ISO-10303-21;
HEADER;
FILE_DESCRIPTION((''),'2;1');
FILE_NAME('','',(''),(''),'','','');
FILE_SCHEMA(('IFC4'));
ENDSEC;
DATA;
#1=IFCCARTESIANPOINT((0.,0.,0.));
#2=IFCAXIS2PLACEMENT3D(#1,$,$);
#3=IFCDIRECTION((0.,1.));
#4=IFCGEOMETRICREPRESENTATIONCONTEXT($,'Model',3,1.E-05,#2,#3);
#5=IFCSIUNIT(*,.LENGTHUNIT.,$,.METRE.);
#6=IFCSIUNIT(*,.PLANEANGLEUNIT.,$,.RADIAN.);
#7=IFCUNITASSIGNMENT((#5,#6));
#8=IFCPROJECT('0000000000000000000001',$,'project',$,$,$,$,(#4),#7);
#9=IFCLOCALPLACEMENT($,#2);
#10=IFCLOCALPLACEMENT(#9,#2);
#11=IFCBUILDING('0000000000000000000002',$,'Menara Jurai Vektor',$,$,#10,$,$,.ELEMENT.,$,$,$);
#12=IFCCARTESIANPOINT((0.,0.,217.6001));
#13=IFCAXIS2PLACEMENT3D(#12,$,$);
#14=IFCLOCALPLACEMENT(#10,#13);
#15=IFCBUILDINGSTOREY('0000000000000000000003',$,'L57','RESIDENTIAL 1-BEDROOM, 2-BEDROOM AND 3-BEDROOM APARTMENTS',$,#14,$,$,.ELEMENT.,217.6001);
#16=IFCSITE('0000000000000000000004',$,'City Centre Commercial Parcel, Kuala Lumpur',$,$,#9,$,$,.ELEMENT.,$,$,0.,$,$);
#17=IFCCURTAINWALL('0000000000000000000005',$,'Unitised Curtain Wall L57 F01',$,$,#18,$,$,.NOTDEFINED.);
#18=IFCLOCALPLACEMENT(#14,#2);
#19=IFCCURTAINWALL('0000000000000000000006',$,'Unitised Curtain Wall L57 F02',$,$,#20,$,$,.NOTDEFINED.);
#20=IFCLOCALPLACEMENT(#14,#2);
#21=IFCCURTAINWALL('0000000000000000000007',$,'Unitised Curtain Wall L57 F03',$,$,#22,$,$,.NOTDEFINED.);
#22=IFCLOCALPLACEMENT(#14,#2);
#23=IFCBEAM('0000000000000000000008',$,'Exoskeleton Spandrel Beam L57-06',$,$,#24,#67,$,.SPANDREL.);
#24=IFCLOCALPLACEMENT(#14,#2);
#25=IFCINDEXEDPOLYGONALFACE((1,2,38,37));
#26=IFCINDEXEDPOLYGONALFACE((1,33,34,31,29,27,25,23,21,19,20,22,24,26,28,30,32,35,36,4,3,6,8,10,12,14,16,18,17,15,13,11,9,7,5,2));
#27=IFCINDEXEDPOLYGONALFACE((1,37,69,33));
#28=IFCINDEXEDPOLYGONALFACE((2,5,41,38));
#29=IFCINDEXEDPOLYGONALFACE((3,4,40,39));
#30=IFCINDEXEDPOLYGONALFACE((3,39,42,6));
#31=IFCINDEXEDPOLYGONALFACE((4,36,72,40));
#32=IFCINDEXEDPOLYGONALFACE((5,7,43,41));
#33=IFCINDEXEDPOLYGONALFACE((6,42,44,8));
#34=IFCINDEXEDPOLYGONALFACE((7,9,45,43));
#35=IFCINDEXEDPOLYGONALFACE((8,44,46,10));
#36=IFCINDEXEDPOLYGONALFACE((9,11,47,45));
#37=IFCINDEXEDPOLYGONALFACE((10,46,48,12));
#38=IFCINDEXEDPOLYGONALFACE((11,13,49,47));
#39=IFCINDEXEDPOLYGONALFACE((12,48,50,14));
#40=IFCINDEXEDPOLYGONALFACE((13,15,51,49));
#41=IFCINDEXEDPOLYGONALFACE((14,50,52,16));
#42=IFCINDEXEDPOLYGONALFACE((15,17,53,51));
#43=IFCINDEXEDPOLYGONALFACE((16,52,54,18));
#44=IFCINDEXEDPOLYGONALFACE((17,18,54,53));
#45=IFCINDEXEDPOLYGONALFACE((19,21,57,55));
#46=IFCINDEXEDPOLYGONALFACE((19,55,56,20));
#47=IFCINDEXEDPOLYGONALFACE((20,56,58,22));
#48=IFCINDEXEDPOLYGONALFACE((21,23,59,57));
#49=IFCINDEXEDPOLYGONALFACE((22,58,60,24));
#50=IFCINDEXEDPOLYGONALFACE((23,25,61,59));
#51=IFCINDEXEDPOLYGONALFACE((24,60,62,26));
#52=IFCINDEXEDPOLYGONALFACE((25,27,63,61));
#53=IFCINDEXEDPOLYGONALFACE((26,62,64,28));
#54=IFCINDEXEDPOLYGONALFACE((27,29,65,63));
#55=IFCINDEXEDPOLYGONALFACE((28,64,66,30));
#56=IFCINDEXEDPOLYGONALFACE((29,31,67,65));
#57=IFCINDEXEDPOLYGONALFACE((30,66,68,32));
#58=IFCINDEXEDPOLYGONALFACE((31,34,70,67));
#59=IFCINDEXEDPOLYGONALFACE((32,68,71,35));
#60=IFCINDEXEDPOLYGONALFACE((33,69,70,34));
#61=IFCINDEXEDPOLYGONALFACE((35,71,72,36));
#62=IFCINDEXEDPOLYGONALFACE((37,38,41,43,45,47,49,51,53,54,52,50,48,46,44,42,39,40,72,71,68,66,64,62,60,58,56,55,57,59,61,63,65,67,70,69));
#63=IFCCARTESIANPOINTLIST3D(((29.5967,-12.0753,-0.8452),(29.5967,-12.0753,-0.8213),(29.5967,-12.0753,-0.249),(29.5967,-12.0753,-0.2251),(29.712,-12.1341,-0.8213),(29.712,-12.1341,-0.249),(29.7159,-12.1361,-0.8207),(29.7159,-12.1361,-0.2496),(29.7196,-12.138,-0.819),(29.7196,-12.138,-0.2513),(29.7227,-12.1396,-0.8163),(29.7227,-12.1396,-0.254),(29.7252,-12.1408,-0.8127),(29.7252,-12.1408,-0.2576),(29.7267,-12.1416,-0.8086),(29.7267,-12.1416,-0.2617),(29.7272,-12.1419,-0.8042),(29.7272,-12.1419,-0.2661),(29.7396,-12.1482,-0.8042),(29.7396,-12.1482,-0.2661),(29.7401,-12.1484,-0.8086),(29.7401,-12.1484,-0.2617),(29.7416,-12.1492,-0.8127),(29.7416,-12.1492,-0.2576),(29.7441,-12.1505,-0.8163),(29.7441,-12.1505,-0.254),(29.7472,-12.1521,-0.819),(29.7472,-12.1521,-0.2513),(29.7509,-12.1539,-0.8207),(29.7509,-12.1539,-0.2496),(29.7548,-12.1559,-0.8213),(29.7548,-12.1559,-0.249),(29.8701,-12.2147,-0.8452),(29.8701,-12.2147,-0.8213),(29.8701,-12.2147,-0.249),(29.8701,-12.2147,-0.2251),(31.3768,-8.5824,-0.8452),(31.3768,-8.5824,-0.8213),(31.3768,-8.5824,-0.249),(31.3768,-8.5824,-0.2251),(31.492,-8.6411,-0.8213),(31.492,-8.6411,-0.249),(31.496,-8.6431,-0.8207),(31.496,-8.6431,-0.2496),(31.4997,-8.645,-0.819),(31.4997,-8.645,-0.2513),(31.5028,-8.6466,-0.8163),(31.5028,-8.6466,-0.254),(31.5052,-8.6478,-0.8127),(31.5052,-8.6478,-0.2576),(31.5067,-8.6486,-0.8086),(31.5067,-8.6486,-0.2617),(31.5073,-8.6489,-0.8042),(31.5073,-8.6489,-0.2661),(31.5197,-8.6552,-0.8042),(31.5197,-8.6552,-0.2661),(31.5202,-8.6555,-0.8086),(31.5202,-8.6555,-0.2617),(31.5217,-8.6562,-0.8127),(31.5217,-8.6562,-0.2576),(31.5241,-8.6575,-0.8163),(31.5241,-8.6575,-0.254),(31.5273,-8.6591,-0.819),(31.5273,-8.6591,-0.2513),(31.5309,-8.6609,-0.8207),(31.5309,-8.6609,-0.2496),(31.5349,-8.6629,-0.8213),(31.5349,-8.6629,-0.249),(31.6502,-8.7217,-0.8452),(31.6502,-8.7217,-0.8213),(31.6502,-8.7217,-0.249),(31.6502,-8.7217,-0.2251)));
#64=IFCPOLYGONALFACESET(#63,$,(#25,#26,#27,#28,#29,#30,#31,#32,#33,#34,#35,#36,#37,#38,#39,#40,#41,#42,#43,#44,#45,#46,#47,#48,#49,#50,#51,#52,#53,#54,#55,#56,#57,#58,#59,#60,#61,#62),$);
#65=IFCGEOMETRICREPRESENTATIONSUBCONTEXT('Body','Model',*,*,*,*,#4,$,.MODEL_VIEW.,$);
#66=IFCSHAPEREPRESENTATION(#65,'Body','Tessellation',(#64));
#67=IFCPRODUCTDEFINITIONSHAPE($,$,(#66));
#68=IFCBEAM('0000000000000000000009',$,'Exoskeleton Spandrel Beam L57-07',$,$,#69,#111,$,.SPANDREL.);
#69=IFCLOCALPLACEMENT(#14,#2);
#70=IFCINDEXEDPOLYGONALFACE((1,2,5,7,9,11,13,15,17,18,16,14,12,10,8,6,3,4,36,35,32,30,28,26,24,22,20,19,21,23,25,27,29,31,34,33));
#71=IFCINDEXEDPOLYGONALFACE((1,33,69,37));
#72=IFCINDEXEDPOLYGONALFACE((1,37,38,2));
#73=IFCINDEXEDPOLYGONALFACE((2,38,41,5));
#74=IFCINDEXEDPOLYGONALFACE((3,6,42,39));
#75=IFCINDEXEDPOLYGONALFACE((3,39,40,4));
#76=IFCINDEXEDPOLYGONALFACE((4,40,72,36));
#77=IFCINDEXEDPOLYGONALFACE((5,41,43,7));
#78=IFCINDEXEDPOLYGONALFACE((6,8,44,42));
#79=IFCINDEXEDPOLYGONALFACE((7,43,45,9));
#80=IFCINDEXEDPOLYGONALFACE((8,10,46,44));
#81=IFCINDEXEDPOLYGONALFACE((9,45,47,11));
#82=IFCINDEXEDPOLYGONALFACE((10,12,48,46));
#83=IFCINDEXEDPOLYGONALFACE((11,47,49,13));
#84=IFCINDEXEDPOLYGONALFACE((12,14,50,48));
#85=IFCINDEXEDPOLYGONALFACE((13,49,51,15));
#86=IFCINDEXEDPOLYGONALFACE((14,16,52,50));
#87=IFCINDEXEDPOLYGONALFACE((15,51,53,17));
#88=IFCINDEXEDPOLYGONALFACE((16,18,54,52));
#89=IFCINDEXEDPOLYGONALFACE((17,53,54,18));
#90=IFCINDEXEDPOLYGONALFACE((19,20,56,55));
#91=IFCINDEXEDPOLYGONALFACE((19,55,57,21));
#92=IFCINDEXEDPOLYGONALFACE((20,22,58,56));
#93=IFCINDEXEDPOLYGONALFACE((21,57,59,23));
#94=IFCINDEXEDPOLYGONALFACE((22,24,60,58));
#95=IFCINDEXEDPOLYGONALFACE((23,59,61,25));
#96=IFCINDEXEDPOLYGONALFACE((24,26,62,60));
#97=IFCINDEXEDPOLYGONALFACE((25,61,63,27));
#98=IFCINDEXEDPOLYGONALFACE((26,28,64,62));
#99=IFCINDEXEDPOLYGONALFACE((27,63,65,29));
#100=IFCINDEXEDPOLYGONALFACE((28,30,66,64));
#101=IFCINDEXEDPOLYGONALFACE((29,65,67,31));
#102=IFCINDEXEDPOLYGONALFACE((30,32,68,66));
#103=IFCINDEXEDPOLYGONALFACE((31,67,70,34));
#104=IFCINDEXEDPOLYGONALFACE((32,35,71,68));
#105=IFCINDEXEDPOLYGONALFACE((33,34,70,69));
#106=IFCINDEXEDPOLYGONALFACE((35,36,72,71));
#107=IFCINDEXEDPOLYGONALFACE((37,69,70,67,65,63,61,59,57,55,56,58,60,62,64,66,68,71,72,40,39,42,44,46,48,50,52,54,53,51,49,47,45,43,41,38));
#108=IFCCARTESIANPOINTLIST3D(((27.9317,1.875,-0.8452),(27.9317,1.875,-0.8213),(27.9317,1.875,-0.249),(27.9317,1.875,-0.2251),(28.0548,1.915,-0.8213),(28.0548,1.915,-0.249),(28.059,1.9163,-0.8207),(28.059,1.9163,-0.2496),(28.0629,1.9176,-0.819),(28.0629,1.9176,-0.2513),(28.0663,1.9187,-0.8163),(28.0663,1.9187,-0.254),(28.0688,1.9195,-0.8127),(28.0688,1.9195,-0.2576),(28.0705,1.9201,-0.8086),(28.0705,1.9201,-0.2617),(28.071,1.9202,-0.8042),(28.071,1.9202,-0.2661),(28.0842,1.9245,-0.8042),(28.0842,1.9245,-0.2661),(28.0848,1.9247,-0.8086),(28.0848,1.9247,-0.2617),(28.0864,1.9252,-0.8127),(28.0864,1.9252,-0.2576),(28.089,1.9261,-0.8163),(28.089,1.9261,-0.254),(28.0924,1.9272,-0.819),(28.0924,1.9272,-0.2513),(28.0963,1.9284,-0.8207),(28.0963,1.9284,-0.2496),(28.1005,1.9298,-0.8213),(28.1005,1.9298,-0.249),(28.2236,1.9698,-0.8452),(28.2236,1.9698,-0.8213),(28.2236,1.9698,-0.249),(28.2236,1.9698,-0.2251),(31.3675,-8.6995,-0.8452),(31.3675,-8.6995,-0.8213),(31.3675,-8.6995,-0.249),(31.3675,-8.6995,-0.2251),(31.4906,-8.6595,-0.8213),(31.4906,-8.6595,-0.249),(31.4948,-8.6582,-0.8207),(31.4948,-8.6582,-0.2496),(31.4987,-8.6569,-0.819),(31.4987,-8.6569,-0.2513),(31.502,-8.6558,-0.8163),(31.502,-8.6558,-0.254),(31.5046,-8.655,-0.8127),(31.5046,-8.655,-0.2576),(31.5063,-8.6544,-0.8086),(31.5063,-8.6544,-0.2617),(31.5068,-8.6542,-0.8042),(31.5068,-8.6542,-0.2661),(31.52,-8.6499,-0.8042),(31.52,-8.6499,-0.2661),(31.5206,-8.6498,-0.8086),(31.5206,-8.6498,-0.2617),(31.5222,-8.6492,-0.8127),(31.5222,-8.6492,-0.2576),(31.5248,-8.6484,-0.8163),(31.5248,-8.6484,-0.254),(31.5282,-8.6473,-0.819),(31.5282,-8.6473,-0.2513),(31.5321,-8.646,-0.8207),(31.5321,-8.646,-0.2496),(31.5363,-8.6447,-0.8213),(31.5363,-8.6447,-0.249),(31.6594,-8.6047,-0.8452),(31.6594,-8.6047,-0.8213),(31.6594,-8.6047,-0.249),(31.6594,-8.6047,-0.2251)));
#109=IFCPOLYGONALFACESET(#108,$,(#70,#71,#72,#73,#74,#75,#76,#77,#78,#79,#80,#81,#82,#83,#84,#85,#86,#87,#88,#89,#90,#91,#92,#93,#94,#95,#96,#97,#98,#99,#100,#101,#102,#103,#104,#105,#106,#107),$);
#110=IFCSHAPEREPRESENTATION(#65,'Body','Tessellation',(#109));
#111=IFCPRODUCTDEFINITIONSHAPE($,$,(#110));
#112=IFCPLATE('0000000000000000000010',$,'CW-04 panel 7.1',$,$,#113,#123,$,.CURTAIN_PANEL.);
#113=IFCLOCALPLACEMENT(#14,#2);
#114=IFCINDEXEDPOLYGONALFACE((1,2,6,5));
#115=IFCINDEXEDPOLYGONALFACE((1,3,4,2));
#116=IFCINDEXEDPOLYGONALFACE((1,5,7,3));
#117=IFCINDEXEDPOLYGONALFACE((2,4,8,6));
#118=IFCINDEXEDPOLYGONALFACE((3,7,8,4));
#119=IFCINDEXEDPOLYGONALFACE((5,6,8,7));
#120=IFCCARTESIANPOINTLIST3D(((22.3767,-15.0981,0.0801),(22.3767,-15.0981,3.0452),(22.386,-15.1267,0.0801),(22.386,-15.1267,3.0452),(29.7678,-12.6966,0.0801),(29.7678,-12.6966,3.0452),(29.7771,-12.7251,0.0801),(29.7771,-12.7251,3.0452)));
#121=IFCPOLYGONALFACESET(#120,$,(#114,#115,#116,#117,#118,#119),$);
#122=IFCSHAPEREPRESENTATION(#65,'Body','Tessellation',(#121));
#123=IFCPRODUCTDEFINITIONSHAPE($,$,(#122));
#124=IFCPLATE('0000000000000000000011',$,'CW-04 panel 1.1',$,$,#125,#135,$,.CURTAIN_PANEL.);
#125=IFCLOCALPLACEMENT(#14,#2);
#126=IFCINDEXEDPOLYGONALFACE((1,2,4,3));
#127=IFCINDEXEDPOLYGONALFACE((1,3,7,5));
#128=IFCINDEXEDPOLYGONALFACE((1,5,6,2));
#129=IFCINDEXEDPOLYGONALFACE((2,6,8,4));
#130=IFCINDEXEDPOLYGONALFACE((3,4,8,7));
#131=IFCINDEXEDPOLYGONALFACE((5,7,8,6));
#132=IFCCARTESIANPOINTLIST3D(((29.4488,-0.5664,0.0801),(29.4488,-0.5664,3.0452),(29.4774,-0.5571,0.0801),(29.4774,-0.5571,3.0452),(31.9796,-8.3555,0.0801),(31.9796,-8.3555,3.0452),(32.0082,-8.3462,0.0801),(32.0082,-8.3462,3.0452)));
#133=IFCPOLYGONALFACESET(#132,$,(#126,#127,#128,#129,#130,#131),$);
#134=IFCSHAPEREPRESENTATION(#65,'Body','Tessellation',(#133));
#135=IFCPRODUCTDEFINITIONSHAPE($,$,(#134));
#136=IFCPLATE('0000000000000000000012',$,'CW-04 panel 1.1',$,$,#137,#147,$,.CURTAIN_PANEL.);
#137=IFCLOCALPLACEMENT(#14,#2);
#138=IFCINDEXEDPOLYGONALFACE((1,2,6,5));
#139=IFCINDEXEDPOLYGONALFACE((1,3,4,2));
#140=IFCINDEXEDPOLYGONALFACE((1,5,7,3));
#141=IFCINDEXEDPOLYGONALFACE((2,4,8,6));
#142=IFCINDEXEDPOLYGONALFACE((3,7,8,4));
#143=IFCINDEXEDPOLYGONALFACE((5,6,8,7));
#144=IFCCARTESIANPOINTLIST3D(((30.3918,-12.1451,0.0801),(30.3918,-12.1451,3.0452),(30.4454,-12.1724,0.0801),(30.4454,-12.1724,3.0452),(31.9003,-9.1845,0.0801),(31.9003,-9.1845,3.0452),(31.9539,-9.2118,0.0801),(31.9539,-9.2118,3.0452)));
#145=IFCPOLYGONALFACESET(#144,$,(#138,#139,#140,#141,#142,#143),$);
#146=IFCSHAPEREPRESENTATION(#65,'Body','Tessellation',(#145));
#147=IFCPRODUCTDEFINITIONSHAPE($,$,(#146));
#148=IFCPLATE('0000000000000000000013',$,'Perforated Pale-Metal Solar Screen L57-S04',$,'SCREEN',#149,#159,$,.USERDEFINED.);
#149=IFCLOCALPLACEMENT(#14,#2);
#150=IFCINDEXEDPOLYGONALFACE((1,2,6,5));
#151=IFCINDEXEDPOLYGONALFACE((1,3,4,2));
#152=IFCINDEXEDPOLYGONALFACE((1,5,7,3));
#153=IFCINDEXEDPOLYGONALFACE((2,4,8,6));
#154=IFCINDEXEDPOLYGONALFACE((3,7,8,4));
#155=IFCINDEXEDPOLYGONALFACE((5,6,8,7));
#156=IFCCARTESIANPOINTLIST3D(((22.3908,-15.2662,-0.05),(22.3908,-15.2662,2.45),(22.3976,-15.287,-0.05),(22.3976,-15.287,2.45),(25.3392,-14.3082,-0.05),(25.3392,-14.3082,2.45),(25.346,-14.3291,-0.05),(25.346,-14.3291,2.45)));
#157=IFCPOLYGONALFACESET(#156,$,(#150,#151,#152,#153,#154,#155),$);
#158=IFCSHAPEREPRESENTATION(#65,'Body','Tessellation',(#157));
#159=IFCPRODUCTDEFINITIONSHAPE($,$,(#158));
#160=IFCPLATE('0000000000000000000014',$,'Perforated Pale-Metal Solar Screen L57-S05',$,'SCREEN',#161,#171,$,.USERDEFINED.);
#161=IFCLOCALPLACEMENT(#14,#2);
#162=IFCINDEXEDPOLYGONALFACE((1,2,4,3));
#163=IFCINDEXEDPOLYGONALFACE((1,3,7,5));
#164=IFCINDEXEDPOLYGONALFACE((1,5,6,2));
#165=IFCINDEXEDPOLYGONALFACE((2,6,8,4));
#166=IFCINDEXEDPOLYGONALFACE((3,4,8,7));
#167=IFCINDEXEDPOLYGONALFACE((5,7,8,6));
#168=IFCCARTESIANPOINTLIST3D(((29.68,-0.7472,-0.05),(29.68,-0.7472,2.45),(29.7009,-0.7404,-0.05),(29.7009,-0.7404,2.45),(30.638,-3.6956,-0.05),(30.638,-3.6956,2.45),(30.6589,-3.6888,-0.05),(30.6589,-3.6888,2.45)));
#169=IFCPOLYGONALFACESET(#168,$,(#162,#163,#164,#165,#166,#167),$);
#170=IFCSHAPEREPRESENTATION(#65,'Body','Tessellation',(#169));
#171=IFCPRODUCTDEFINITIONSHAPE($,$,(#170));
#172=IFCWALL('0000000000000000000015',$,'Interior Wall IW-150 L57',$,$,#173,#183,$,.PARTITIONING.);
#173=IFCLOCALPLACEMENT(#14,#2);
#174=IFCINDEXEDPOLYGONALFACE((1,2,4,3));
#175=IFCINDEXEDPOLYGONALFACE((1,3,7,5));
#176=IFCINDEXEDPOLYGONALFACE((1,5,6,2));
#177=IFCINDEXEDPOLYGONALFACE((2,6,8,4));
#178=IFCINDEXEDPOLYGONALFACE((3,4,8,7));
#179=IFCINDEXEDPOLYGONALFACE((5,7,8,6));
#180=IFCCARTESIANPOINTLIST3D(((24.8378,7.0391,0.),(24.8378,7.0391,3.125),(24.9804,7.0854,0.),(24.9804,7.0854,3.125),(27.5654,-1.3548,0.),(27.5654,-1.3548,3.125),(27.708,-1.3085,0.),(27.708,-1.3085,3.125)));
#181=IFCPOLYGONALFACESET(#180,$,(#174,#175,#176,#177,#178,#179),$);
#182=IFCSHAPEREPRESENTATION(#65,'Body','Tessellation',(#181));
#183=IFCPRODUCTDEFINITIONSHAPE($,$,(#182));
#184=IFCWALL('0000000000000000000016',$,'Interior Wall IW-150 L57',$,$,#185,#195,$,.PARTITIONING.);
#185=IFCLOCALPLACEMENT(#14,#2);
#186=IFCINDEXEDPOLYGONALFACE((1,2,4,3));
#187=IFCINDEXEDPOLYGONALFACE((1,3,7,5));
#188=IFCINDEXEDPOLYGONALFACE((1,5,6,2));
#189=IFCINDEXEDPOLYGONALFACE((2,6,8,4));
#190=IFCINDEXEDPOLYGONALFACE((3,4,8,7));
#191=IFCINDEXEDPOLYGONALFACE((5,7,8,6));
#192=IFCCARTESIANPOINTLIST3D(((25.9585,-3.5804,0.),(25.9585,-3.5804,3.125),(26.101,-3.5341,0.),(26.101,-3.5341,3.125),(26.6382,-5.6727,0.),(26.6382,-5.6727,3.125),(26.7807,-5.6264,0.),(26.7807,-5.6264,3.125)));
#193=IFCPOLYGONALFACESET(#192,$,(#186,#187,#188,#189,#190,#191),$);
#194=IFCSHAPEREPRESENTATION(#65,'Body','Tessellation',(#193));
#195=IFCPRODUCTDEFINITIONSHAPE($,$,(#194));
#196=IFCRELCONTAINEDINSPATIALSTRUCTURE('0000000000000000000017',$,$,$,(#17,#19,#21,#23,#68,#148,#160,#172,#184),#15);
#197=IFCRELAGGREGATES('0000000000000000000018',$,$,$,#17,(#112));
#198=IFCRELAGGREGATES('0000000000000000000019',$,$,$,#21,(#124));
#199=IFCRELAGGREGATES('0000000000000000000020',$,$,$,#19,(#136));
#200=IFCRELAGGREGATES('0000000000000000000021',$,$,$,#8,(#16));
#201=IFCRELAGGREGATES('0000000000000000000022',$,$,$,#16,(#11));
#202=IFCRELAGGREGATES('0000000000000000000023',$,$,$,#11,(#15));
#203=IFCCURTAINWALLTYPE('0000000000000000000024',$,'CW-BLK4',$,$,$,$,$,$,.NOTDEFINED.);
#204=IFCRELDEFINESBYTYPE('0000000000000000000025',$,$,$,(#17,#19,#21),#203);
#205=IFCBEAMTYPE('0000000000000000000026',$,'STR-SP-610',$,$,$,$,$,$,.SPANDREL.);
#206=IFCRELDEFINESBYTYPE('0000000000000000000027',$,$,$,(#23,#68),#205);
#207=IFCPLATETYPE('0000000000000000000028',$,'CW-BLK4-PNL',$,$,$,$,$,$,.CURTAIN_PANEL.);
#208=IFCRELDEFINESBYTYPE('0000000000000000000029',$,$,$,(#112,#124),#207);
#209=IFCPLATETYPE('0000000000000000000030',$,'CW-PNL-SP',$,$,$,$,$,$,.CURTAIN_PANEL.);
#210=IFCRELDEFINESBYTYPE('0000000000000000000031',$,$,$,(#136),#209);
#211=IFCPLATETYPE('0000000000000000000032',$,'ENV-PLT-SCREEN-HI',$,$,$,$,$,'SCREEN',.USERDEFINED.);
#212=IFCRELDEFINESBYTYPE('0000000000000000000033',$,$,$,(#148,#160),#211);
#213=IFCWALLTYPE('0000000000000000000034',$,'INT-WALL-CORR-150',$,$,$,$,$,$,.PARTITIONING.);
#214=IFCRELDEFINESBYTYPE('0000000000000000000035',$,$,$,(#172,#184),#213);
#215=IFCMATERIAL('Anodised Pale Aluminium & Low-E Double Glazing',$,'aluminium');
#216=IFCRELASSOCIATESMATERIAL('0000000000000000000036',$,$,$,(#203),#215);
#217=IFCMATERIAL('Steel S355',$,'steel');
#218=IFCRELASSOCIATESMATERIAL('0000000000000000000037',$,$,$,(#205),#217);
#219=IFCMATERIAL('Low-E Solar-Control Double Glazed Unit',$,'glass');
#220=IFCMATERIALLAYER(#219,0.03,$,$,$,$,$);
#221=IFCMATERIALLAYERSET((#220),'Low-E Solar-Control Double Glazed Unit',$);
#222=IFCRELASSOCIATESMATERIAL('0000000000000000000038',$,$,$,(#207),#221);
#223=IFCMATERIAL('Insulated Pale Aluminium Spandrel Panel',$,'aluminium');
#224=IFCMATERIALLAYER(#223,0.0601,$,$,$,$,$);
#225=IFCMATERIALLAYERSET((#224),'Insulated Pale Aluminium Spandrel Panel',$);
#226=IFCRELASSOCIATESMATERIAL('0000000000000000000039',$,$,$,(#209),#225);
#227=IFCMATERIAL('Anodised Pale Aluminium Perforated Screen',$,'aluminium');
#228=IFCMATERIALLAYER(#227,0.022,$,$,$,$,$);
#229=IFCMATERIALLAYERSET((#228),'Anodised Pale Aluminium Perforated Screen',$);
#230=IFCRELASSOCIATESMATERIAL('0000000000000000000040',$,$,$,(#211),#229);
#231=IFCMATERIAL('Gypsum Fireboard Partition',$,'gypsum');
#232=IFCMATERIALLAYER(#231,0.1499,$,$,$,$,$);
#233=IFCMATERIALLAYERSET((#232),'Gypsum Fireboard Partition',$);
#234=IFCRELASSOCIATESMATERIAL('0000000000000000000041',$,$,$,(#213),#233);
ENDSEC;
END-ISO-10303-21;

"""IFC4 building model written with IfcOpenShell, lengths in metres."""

from ifc_helpers import new_model, si_unit, direction, frame, frame_2d, origin, origin_2d, place, context, subcontext, project, spatial, rectangle, i_section, extrude, material, layer, layer_set, material_profile, profile_set, type_object, element, aggregate, save


model = new_model("IFC4")

# Units and contexts
model_context = context("Model", 3, precision=1e-05, world=origin(), true_north=direction((0.0, 1.0)))
body_context = subcontext(model_context, "Body", "Model", "MODEL_VIEW")
ifc_project = project(units=[si_unit("LENGTHUNIT", "METRE"), si_unit("PLANEANGLEUNIT", "RADIAN")], contexts=[model_context])

# Site, building, storey
site_placement = place(None, origin())
site = spatial("IfcSite", under=ifc_project, at=site_placement, Name="City Centre Commercial Parcel, Kuala Lumpur", CompositionType="ELEMENT", RefElevation=0.0)
building_placement = place(site_placement, origin())
building = spatial("IfcBuilding", under=site, at=building_placement, Name="Menara Jurai Vektor", CompositionType="ELEMENT")
storey_placement = place(building_placement, frame((0.0, 0.0, 217.6001)))
storey = spatial("IfcBuildingStorey", under=building, at=storey_placement, Name="L57", Description="RESIDENTIAL 1-BEDROOM, 2-BEDROOM AND 3-BEDROOM APARTMENTS", CompositionType="ELEMENT", Elevation=217.6001)

# Curtain wall
ifc_material_1 = material(Name="Anodised Pale Aluminium & Low-E Double Glazing", Category="aluminium")
curtain_wall_type = type_object("IfcCurtainWallType", Name="CW-BLK4", PredefinedType="NOTDEFINED", material=ifc_material_1)
curtain_wall_1_placement = place(storey_placement, origin())
curtain_wall_1 = element("IfcCurtainWall", 1, at=curtain_wall_1_placement, inside=storey, type_object=curtain_wall_type, Name="Unitised Curtain Wall L57 F01", PredefinedType="NOTDEFINED")

# Curtain wall
curtain_wall_2_placement = place(storey_placement, origin())
curtain_wall_2 = element("IfcCurtainWall", 2, at=curtain_wall_2_placement, inside=storey, type_object=curtain_wall_type, Name="Unitised Curtain Wall L57 F02", PredefinedType="NOTDEFINED")

# Curtain wall
curtain_wall_3_placement = place(storey_placement, origin())
curtain_wall_3 = element("IfcCurtainWall", 3, at=curtain_wall_3_placement, inside=storey, type_object=curtain_wall_type, Name="Unitised Curtain Wall L57 F03", PredefinedType="NOTDEFINED")

# Shared definitions
ifc_material_2 = material(Name="Steel S355", Category="steel")

# Beams
ifc_material_profile_1 = material_profile(ifc_material_2, i_section(OverallWidth=0.3069, OverallDepth=0.6201, WebThickness=0.0139, FlangeThickness=0.0239, FilletRadius=0.0171, at=origin_2d()), Name="UKB 610x305x179")
ifc_profile_set_1 = profile_set([ifc_material_profile_1], Name="Steel S355")
beam_type_1 = type_object("IfcBeamType", Name="STR-SP-610", PredefinedType="SPANDREL", material=ifc_profile_set_1)
beam_1_placement = place(storey_placement, frame((29.7334, -12.145, -0.5352), z_axis=(0.454051, 0.890976, 0.0), x_axis=(-0.890976, 0.454051, 0.0)))
element("IfcBeam", 4, at=beam_1_placement, inside=storey, type_object=beam_type_1, Name="Exoskeleton Spandrel Beam L57-06", PredefinedType="SPANDREL", context=body_context, shape_type="SweptSolid", body=[
    extrude(i_section(OverallWidth=0.3069, OverallDepth=0.6201, WebThickness=0.0139, FlangeThickness=0.0239, FilletRadius=0.0171, at=origin_2d()), origin(), (0.0, 0.0, 1.0), 3.9204),
])
beam_2_placement = place(storey_placement, frame((31.5134, -8.6521, -0.5352), z_axis=(-0.309012, 0.951058, 0.0), x_axis=(-0.951058, -0.309012, 0.0)))
element("IfcBeam", 5, at=beam_2_placement, inside=storey, type_object=beam_type_1, Name="Exoskeleton Spandrel Beam L57-07", PredefinedType="SPANDREL", context=body_context, shape_type="SweptSolid", body=[
    extrude(i_section(OverallWidth=0.3069, OverallDepth=0.6201, WebThickness=0.0139, FlangeThickness=0.0239, FilletRadius=0.0171, at=origin_2d()), origin(), (0.0, 0.0, 1.0), 11.1187),
])

# Plates
ifc_material_3 = material(Name="Low-E Solar-Control Double Glazed Unit", Category="glass")
ifc_layer_1 = layer(ifc_material_3, 0.03)
ifc_layer_set_1 = layer_set([ifc_layer_1], Name="Low-E Solar-Control Double Glazed Unit")
plate_type_1 = type_object("IfcPlateType", Name="CW-BLK4-PNL", PredefinedType="CURTAIN_PANEL", material=ifc_layer_set_1)
plate_1_placement = place(storey_placement, frame((26.0769, -13.9116, 0.0801), z_axis=(0.0, 0.0, 1.0), x_axis=(0.951056, 0.309017, 0.0)))
plate_1 = element("IfcPlate", 6, at=plate_1_placement, type_object=plate_type_1, Name="CW-04 panel 7.1", PredefinedType="CURTAIN_PANEL", context=body_context, shape_type="SweptSolid", body=[
    extrude(rectangle(XDim=7.7715, YDim=0.03, at=origin_2d()), origin(), (0.0, 0.0, 1.0), 2.9651),
])
aggregate(curtain_wall_1, [plate_1])
plate_2_placement = place(storey_placement, frame((30.7285, -4.4563, 0.0801), z_axis=(0.0, 0.0, 1.0), x_axis=(-0.309016, 0.951057, 0.0)))
plate_2 = element("IfcPlate", 7, at=plate_2_placement, type_object=plate_type_1, Name="CW-04 panel 1.1", PredefinedType="CURTAIN_PANEL", context=body_context, shape_type="SweptSolid", body=[
    extrude(rectangle(XDim=8.1899, YDim=0.03, at=origin_2d()), origin(), (0.0, 0.0, 1.0), 2.9651),
])
aggregate(curtain_wall_3, [plate_2])
ifc_material_4 = material(Name="Insulated Pale Aluminium Spandrel Panel", Category="aluminium")
ifc_layer_2 = layer(ifc_material_4, 0.0601)
ifc_layer_set_2 = layer_set([ifc_layer_2], Name="Insulated Pale Aluminium Spandrel Panel")
plate_type_2 = type_object("IfcPlateType", Name="CW-PNL-SP", PredefinedType="CURTAIN_PANEL", material=ifc_layer_set_2)
plate_3_placement = place(storey_placement, frame((31.1729, -10.6785, 0.0801), z_axis=(0.0, 0.0, 1.0), x_axis=(0.453989, 0.891008, 0.0)))
plate_3 = element("IfcPlate", 8, at=plate_3_placement, type_object=plate_type_2, Name="CW-04 panel 1.1", PredefinedType="CURTAIN_PANEL", context=body_context, shape_type="SweptSolid", body=[
    extrude(rectangle(XDim=3.3228, YDim=0.0601, at=origin_2d()), origin(), (0.0, 0.0, 1.0), 2.9651),
])
aggregate(curtain_wall_2, [plate_3])

# Plates
ifc_material_5 = material(Name="Anodised Pale Aluminium Perforated Screen", Category="aluminium")
ifc_layer_3 = layer(ifc_material_5, 0.022)
ifc_layer_set_3 = layer_set([ifc_layer_3], Name="Anodised Pale Aluminium Perforated Screen")
plate_type_3 = type_object("IfcPlateType", Name="ENV-PLT-SCREEN-HI", ElementType="SCREEN", PredefinedType="USERDEFINED", material=ifc_layer_set_3)
for number, where, z_axis, x_axis, name in (
    (9, (23.8684, -14.7976, -0.05), (0.0, 0.0, 1.0), (0.951057, 0.309017, 0.0), "Perforated Pale-Metal Solar Screen L57-S04"),
    (10, (30.1694, -2.218, -0.05), (0.0, 0.0, 1.0), (-0.309017, 0.951057, 0.0), "Perforated Pale-Metal Solar Screen L57-S05"),
):
    element("IfcPlate", number, at=place(storey_placement, frame(where, z_axis=z_axis, x_axis=x_axis)), inside=storey, type_object=plate_type_3, Name=name, ObjectType="SCREEN", PredefinedType="USERDEFINED", context=body_context, shape_type="SweptSolid", body=[
        extrude(rectangle(XDim=3.1001, YDim=0.022, at=origin_2d()), origin(), (0.0, 0.0, 1.0), 2.5),
    ])

# Shared definitions
ifc_material_6 = material(Name="Gypsum Fireboard Partition", Category="gypsum")
ifc_layer_4 = layer(ifc_material_6, 0.1499)
ifc_layer_set_4 = layer_set([ifc_layer_4], Name="Gypsum Fireboard Partition")
wall_type_1 = type_object("IfcWallType", Name="INT-WALL-CORR-150", PredefinedType="PARTITIONING", material=ifc_layer_set_4)

# Wall
wall_1_placement = place(storey_placement, frame((27.6367, -1.3318, 0.0), z_axis=(0.0, 0.0, 1.0), x_axis=(-0.30904, 0.951049, 0.0)))
element("IfcWall", 11, at=wall_1_placement, inside=storey, type_object=wall_type_1, Name="Interior Wall IW-150 L57", PredefinedType="PARTITIONING", context=body_context, shape_type="SweptSolid", body=[
    extrude(rectangle(XDim=8.8259, YDim=0.1499, at=frame_2d((4.4131, 0.0))), origin(), (0.0, 0.0, 1.0), 3.125),
])

# Wall
wall_2_placement = place(storey_placement, frame((26.7095, -5.6497, 0.0), z_axis=(0.0, 0.0, 1.0), x_axis=(-0.308961, 0.951075, 0.0)))
element("IfcWall", 12, at=wall_2_placement, inside=storey, type_object=wall_type_1, Name="Interior Wall IW-150 L57", PredefinedType="PARTITIONING", context=body_context, shape_type="SweptSolid", body=[
    extrude(rectangle(XDim=2.2, YDim=0.1499, at=frame_2d((1.1001, 0.0))), origin(), (0.0, 0.0, 1.0), 3.125),
])

save(model, "model.ifc")
